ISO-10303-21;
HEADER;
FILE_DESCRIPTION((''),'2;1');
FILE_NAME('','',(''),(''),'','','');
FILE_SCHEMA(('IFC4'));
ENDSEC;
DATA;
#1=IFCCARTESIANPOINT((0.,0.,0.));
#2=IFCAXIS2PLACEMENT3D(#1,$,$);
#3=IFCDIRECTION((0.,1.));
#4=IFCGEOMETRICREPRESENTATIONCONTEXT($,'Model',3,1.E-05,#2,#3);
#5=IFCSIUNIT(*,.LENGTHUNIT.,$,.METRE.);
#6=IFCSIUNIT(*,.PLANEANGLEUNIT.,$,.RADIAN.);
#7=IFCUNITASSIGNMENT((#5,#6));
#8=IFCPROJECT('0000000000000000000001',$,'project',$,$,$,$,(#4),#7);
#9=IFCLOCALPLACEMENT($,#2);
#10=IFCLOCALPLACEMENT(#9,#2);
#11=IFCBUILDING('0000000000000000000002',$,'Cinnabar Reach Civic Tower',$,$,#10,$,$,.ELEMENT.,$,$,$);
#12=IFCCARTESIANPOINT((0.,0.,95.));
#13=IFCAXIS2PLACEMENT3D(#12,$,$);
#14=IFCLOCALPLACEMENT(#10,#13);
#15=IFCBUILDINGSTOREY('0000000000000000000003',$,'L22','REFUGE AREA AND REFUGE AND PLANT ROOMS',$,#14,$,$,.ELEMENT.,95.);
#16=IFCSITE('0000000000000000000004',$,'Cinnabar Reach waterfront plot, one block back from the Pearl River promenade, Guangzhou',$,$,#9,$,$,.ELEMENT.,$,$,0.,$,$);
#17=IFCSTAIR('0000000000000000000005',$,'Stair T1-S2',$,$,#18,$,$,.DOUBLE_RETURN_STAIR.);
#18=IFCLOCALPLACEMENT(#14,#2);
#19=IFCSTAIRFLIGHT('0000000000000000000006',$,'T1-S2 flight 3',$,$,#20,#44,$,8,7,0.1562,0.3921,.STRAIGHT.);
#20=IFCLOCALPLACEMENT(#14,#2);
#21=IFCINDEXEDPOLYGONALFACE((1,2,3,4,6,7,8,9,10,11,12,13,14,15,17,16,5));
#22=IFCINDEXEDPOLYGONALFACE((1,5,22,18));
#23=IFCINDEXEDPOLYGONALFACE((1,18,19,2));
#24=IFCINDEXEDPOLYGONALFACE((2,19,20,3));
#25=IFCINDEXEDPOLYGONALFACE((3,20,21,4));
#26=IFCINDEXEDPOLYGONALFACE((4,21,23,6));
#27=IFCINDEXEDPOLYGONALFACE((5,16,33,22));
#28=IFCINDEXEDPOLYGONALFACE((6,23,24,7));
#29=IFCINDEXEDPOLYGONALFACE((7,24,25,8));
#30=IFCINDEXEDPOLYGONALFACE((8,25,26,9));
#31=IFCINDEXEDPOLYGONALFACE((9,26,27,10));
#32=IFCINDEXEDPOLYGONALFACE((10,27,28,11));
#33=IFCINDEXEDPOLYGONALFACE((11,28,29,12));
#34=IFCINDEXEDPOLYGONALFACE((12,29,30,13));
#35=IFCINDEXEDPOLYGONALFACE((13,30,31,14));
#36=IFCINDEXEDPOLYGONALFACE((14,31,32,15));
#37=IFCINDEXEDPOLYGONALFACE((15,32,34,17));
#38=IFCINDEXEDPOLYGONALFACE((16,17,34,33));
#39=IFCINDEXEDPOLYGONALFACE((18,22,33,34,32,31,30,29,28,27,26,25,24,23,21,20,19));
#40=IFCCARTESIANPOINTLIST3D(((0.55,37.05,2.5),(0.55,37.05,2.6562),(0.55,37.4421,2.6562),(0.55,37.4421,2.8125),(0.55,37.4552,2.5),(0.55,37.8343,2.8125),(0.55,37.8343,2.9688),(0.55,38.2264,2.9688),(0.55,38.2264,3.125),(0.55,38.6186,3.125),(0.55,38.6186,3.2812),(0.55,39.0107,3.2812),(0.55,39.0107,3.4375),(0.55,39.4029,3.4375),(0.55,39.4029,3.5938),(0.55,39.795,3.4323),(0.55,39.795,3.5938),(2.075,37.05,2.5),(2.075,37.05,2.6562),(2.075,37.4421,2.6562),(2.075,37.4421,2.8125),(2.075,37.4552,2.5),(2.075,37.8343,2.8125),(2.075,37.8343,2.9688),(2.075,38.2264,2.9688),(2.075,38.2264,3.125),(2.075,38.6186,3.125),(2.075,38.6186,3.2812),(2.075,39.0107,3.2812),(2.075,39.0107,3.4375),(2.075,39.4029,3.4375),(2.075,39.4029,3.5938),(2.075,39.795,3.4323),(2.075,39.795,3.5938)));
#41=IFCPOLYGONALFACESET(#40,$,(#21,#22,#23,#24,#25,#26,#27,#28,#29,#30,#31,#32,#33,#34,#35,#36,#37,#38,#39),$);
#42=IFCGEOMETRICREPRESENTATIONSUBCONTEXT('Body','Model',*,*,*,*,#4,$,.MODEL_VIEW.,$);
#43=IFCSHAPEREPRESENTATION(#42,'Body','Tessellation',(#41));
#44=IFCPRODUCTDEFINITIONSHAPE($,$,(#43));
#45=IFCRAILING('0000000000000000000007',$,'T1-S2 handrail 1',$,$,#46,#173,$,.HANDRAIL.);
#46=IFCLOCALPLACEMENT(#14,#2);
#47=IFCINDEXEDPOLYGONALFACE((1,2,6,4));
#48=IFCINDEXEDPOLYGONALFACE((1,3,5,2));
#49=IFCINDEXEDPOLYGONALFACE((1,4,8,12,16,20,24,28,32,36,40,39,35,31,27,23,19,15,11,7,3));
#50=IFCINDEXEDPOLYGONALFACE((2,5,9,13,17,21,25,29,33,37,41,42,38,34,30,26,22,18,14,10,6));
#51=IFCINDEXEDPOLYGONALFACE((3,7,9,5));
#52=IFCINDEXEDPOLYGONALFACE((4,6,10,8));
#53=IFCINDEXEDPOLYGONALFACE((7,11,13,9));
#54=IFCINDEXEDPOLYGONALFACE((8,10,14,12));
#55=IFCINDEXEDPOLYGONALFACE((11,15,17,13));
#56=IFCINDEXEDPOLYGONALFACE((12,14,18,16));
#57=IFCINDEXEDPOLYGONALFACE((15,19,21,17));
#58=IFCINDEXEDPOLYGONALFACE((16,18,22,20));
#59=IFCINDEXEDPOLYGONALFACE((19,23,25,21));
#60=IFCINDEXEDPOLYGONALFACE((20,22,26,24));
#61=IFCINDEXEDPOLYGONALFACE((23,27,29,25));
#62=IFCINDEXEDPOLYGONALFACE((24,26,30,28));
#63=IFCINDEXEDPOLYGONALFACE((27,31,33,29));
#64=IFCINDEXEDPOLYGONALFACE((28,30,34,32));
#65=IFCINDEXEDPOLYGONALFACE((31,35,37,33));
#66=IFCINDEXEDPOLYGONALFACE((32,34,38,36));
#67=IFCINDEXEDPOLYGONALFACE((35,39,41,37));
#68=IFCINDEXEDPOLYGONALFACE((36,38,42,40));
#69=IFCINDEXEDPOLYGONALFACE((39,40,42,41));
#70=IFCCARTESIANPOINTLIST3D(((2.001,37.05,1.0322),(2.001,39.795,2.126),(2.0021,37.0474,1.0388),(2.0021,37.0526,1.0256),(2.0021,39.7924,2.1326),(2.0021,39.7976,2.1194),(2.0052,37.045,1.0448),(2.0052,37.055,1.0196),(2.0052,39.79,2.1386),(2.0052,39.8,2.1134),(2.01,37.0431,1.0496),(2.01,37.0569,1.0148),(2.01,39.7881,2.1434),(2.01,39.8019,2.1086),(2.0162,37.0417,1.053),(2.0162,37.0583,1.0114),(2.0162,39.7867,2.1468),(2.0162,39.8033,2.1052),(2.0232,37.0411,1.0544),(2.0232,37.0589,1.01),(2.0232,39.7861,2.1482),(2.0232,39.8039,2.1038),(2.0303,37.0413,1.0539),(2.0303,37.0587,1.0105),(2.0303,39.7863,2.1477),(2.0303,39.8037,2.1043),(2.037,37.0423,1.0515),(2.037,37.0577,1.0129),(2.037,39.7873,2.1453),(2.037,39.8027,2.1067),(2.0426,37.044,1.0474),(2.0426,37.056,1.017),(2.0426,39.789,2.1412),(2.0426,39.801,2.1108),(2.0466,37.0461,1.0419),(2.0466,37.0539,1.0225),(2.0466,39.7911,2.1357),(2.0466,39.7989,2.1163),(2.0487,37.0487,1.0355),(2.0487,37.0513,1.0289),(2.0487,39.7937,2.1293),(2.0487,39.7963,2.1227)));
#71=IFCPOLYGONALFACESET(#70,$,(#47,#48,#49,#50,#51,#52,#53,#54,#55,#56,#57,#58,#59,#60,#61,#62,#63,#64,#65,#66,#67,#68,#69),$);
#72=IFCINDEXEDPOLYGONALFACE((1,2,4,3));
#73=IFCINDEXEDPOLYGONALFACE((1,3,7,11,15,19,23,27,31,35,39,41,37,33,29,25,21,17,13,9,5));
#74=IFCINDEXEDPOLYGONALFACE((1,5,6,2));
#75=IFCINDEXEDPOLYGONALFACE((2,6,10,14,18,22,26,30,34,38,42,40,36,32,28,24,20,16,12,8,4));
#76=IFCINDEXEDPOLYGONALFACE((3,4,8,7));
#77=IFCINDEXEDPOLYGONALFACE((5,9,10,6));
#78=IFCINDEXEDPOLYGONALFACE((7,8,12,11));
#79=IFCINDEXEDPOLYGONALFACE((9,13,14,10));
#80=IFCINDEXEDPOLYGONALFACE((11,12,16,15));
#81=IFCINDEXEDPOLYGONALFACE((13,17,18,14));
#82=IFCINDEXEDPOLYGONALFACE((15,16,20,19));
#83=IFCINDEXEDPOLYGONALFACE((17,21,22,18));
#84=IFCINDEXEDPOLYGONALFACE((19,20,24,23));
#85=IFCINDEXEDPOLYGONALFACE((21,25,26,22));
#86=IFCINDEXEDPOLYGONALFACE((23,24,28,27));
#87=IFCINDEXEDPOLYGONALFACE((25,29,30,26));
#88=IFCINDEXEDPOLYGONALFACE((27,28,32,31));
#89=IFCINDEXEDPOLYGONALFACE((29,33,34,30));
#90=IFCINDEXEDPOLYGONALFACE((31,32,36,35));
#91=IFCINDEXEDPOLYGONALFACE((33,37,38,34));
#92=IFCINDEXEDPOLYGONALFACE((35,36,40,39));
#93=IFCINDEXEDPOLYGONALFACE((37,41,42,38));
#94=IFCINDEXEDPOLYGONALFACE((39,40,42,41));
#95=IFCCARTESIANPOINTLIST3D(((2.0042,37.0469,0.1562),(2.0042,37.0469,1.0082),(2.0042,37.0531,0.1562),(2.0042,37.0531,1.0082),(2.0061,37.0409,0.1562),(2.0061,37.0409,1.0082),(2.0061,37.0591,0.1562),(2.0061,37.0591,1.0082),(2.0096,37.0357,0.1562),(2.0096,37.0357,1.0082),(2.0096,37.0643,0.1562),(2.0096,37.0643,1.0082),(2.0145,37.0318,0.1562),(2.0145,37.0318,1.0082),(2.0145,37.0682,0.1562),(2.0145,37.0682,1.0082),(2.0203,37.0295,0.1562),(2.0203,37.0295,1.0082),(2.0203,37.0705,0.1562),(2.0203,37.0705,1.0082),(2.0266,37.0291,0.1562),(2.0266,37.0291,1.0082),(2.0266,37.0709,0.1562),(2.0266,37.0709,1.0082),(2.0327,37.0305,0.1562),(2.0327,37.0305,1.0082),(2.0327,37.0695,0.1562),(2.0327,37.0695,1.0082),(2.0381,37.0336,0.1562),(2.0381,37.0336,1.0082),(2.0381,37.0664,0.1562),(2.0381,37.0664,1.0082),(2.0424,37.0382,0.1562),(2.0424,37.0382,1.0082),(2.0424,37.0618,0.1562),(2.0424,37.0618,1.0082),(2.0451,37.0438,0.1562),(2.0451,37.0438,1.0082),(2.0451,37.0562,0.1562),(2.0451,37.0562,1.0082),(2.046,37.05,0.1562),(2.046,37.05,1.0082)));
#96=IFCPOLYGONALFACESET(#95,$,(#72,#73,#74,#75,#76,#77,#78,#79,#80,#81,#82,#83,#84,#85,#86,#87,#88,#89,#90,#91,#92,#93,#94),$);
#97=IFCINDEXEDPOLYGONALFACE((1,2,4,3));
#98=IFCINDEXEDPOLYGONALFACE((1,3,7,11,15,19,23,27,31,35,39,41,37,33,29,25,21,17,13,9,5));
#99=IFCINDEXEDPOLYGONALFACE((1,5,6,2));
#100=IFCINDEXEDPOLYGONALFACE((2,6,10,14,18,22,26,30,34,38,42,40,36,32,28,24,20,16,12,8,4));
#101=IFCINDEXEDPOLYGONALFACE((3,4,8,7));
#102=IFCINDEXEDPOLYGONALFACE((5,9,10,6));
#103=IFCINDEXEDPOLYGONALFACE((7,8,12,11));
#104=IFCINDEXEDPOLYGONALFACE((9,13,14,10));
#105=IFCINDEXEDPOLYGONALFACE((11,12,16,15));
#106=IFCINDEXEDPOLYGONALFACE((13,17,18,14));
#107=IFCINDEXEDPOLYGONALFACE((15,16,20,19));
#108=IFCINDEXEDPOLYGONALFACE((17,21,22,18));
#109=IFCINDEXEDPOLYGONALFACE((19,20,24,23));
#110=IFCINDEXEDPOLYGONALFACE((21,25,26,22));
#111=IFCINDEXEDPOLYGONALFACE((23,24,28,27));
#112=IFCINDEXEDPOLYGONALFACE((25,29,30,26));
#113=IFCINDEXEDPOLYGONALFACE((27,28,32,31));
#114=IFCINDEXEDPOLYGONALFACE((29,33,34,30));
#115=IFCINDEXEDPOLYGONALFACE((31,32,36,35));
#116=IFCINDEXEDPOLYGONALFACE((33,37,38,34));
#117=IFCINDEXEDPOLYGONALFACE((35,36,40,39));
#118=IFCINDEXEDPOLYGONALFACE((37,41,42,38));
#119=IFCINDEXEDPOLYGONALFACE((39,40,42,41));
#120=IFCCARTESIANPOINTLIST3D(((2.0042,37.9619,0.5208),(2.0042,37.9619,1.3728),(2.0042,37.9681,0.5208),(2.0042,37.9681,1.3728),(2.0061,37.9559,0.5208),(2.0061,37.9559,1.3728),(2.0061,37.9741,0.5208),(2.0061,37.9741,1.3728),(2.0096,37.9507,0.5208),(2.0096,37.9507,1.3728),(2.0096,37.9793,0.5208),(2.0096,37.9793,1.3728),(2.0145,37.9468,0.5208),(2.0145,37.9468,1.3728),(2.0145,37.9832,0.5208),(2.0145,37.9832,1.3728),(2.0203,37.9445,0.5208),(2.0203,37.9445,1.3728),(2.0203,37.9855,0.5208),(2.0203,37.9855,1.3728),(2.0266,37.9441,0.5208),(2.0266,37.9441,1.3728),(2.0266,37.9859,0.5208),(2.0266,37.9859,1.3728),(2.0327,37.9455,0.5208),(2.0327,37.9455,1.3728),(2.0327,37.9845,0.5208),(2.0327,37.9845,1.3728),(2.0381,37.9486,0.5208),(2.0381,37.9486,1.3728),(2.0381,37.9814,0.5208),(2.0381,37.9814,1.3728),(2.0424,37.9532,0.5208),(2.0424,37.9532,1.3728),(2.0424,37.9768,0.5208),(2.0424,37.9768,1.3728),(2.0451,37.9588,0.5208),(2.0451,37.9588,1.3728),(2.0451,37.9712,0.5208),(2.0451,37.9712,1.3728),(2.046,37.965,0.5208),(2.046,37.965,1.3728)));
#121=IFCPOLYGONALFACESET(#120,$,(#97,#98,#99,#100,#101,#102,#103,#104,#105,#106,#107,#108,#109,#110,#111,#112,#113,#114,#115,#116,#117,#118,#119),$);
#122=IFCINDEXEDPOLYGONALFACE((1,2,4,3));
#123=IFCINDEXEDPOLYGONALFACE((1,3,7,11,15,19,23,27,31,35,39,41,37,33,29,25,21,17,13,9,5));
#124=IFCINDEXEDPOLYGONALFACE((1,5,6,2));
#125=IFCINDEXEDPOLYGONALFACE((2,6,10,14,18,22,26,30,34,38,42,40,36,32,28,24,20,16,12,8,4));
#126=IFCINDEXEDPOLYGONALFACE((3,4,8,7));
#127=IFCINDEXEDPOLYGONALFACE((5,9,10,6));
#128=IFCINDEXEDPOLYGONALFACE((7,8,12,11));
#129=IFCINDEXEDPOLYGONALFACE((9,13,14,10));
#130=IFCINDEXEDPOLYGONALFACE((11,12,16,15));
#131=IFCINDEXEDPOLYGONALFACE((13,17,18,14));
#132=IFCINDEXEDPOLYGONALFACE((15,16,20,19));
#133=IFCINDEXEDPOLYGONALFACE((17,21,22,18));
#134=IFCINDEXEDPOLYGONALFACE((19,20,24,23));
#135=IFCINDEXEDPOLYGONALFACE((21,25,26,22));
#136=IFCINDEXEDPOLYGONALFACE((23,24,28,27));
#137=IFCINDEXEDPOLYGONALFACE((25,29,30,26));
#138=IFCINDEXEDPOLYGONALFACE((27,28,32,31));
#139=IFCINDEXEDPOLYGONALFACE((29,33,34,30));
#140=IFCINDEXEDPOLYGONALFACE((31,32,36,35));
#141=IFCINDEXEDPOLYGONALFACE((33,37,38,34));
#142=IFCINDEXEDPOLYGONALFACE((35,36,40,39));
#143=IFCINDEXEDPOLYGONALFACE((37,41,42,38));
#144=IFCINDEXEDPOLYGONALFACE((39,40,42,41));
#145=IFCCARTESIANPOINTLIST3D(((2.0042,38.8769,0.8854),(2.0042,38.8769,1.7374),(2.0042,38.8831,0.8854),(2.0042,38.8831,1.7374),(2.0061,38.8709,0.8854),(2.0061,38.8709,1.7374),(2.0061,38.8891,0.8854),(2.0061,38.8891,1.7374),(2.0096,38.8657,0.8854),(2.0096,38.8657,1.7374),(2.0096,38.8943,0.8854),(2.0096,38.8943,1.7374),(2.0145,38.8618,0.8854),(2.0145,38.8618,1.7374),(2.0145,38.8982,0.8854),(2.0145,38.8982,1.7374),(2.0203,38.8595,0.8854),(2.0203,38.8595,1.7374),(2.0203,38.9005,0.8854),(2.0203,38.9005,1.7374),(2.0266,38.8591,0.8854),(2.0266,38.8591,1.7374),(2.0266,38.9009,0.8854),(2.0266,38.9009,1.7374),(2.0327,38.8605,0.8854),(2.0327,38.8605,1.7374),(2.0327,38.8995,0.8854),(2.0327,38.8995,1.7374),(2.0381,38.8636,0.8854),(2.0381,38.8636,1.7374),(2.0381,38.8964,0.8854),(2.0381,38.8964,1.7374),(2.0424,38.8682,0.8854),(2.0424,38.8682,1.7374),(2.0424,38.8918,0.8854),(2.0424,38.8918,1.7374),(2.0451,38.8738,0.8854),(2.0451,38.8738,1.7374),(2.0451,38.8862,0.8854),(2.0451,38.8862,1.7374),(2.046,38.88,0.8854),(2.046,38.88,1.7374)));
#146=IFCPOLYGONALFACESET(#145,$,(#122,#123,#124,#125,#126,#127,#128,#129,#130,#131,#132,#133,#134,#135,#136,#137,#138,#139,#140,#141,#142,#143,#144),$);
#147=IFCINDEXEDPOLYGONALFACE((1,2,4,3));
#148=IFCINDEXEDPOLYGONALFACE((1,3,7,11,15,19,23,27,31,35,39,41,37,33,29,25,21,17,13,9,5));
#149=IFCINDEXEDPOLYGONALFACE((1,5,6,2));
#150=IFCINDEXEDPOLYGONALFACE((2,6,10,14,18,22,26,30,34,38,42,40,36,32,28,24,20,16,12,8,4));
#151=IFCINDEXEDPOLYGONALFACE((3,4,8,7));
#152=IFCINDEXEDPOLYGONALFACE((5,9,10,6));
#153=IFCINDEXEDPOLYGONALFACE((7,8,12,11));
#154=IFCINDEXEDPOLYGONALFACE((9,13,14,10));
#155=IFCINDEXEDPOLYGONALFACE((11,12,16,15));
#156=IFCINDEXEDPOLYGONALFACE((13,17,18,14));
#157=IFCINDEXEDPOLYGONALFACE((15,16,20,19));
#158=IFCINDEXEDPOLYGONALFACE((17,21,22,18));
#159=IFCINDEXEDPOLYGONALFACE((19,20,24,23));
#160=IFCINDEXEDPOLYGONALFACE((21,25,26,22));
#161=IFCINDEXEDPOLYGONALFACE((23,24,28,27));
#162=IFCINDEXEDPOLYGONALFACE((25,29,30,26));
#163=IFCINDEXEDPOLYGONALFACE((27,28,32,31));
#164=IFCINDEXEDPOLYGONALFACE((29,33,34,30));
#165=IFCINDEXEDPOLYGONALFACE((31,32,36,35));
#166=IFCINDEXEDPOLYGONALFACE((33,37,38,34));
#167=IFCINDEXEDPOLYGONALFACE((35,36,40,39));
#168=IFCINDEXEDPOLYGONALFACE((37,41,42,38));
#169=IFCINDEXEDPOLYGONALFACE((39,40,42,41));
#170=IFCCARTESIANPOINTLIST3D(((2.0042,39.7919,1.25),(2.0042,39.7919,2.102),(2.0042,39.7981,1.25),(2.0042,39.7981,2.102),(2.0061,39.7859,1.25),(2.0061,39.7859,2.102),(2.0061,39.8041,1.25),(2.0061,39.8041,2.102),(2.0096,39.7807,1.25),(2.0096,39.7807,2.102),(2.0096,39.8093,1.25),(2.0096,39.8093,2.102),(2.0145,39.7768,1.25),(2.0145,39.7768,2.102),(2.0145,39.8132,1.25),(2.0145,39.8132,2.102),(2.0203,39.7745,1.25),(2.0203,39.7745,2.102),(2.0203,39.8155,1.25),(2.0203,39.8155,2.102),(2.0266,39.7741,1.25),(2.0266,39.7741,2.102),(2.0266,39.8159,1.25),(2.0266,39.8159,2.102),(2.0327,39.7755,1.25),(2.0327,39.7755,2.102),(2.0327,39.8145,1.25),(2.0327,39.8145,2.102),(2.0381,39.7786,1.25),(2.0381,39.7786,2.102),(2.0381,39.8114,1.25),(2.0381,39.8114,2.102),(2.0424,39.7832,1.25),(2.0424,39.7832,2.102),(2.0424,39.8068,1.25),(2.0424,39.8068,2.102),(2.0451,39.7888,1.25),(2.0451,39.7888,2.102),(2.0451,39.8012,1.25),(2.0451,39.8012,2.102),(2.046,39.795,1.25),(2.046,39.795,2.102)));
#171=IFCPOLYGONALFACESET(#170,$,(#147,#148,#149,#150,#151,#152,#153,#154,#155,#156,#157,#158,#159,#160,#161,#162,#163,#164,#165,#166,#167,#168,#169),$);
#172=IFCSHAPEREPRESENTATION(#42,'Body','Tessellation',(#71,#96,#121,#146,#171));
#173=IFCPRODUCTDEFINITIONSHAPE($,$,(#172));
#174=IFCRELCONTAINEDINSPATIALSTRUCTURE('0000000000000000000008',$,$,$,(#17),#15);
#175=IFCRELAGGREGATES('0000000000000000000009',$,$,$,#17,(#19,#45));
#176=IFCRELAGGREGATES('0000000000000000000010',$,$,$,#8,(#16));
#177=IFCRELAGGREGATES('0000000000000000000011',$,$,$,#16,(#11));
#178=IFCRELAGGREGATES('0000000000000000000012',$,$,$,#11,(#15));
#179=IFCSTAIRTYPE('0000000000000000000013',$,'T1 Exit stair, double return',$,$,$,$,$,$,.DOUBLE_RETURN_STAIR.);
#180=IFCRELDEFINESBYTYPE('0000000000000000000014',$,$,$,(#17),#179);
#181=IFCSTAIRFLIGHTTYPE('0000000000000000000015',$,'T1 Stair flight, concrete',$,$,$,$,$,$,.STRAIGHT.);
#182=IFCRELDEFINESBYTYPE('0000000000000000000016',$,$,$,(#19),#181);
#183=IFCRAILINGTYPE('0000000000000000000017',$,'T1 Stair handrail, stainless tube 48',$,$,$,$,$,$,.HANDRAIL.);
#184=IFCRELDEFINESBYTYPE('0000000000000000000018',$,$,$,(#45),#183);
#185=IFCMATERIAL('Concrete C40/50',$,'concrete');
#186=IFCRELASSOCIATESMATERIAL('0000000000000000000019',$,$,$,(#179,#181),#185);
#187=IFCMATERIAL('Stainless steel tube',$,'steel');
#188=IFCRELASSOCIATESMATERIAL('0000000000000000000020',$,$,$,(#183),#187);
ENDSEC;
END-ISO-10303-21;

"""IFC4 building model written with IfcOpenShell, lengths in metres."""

from ifc_helpers import new_model, si_unit, direction, frame, origin, origin_2d, place, context, subcontext, project, spatial, polyline, circle, outline, extrude, material, type_object, element, aggregate, save


model = new_model("IFC4")

# Units and contexts
model_context = context("Model", 3, precision=1e-05, world=origin(), true_north=direction((0.0, 1.0)))
body_context = subcontext(model_context, "Body", "Model", "MODEL_VIEW")
ifc_project = project(units=[si_unit("LENGTHUNIT", "METRE"), si_unit("PLANEANGLEUNIT", "RADIAN")], contexts=[model_context])

# Site, building, storey
site_placement = place(None, origin())
site = spatial("IfcSite", under=ifc_project, at=site_placement, Name="Cinnabar Reach waterfront plot, one block back from the Pearl River promenade, Guangzhou", CompositionType="ELEMENT", RefElevation=0.0)
building_placement = place(site_placement, origin())
building = spatial("IfcBuilding", under=site, at=building_placement, Name="Cinnabar Reach Civic Tower", CompositionType="ELEMENT")
storey_placement = place(building_placement, frame((0.0, 0.0, 95.0)))
storey = spatial("IfcBuildingStorey", under=building, at=storey_placement, Name="L22", Description="REFUGE AREA AND REFUGE AND PLANT ROOMS", CompositionType="ELEMENT", Elevation=95.0)

# Stair, stair flight, railing
ifc_material_1 = material(Name="Concrete C40/50", Category="concrete")
stair_type = type_object("IfcStairType", Name="T1 Exit stair, double return", PredefinedType="DOUBLE_RETURN_STAIR", material=ifc_material_1)
stair_placement = place(storey_placement, origin())
stair = element("IfcStair", 1, at=stair_placement, inside=storey, type_object=stair_type, Name="Stair T1-S2", PredefinedType="DOUBLE_RETURN_STAIR")
stair_flight_type = type_object("IfcStairFlightType", Name="T1 Stair flight, concrete", PredefinedType="STRAIGHT", material=ifc_material_1)
stair_flight_1_placement = place(storey_placement, frame((1.3125, 37.05, 2.5), z_axis=(0.0, 0.0, 1.0), x_axis=(0.0, 1.0, 0.0)))
stair_flight_1 = element("IfcStairFlight", 2, at=stair_flight_1_placement, type_object=stair_flight_type, Name="T1-S2 flight 3", NumberOfRisers=8, NumberOfTreads=7, PredefinedType="STRAIGHT", RiserHeight=0.1562, TreadLength=0.3921, context=body_context, shape_type="SweptSolid", body=[
    extrude(outline(polyline([(0.0, 0.0), (0.0, 0.1562), (0.3921, 0.1562), (0.3921, 0.3125), (0.7843, 0.3125), (0.7843, 0.4688), (1.1764, 0.4688), (1.1764, 0.625), (1.5686, 0.625), (1.5686, 0.7812), (1.9607, 0.7812), (1.9607, 0.9375), (2.3529, 0.9375), (2.3529, 1.0938), (2.745, 1.0938), (2.745, 1.25), (2.745, 0.9323), (0.4052, 0.0), (0.0, 0.0)])), frame((0.0, 0.7625, 0.0), z_axis=(0.0, -1.0, 0.0), x_axis=(1.0, 0.0, 0.0)), (0.0, 0.0, 1.0), 1.525),
])
ifc_material_2 = material(Name="Stainless steel tube", Category="steel")
railing_type = type_object("IfcRailingType", Name="T1 Stair handrail, stainless tube 48", PredefinedType="HANDRAIL", material=ifc_material_2)
railing_1_placement = place(storey_placement, frame((2.025, 37.05, 0.1562)))
railing_1 = element("IfcRailing", 3, at=railing_1_placement, type_object=railing_type, Name="T1-S2 handrail 1", PredefinedType="HANDRAIL", context=body_context, shape_type="SweptSolid", body=[
    extrude(circle(Radius=0.024, at=origin_2d()), frame((0.0, 0.0, 0.876), z_axis=(0.0, 0.928966, 0.370165), x_axis=(-1.0, 0.0, 0.0)), (0.0, 0.0, 1.0), 2.9549),
    extrude(circle(Radius=0.021, at=origin_2d()), origin(), (0.0, 0.0, 1.0), 0.852),
    extrude(circle(Radius=0.021, at=origin_2d()), frame((0.0, 0.915, 0.3646)), (0.0, 0.0, 1.0), 0.852),
    extrude(circle(Radius=0.021, at=origin_2d()), frame((0.0, 1.83, 0.7292)), (0.0, 0.0, 1.0), 0.852),
    extrude(circle(Radius=0.021, at=origin_2d()), frame((0.0, 2.745, 1.0938)), (0.0, 0.0, 1.0), 0.852),
])
aggregate(stair, [stair_flight_1, railing_1])

save(model, "model.ifc")
